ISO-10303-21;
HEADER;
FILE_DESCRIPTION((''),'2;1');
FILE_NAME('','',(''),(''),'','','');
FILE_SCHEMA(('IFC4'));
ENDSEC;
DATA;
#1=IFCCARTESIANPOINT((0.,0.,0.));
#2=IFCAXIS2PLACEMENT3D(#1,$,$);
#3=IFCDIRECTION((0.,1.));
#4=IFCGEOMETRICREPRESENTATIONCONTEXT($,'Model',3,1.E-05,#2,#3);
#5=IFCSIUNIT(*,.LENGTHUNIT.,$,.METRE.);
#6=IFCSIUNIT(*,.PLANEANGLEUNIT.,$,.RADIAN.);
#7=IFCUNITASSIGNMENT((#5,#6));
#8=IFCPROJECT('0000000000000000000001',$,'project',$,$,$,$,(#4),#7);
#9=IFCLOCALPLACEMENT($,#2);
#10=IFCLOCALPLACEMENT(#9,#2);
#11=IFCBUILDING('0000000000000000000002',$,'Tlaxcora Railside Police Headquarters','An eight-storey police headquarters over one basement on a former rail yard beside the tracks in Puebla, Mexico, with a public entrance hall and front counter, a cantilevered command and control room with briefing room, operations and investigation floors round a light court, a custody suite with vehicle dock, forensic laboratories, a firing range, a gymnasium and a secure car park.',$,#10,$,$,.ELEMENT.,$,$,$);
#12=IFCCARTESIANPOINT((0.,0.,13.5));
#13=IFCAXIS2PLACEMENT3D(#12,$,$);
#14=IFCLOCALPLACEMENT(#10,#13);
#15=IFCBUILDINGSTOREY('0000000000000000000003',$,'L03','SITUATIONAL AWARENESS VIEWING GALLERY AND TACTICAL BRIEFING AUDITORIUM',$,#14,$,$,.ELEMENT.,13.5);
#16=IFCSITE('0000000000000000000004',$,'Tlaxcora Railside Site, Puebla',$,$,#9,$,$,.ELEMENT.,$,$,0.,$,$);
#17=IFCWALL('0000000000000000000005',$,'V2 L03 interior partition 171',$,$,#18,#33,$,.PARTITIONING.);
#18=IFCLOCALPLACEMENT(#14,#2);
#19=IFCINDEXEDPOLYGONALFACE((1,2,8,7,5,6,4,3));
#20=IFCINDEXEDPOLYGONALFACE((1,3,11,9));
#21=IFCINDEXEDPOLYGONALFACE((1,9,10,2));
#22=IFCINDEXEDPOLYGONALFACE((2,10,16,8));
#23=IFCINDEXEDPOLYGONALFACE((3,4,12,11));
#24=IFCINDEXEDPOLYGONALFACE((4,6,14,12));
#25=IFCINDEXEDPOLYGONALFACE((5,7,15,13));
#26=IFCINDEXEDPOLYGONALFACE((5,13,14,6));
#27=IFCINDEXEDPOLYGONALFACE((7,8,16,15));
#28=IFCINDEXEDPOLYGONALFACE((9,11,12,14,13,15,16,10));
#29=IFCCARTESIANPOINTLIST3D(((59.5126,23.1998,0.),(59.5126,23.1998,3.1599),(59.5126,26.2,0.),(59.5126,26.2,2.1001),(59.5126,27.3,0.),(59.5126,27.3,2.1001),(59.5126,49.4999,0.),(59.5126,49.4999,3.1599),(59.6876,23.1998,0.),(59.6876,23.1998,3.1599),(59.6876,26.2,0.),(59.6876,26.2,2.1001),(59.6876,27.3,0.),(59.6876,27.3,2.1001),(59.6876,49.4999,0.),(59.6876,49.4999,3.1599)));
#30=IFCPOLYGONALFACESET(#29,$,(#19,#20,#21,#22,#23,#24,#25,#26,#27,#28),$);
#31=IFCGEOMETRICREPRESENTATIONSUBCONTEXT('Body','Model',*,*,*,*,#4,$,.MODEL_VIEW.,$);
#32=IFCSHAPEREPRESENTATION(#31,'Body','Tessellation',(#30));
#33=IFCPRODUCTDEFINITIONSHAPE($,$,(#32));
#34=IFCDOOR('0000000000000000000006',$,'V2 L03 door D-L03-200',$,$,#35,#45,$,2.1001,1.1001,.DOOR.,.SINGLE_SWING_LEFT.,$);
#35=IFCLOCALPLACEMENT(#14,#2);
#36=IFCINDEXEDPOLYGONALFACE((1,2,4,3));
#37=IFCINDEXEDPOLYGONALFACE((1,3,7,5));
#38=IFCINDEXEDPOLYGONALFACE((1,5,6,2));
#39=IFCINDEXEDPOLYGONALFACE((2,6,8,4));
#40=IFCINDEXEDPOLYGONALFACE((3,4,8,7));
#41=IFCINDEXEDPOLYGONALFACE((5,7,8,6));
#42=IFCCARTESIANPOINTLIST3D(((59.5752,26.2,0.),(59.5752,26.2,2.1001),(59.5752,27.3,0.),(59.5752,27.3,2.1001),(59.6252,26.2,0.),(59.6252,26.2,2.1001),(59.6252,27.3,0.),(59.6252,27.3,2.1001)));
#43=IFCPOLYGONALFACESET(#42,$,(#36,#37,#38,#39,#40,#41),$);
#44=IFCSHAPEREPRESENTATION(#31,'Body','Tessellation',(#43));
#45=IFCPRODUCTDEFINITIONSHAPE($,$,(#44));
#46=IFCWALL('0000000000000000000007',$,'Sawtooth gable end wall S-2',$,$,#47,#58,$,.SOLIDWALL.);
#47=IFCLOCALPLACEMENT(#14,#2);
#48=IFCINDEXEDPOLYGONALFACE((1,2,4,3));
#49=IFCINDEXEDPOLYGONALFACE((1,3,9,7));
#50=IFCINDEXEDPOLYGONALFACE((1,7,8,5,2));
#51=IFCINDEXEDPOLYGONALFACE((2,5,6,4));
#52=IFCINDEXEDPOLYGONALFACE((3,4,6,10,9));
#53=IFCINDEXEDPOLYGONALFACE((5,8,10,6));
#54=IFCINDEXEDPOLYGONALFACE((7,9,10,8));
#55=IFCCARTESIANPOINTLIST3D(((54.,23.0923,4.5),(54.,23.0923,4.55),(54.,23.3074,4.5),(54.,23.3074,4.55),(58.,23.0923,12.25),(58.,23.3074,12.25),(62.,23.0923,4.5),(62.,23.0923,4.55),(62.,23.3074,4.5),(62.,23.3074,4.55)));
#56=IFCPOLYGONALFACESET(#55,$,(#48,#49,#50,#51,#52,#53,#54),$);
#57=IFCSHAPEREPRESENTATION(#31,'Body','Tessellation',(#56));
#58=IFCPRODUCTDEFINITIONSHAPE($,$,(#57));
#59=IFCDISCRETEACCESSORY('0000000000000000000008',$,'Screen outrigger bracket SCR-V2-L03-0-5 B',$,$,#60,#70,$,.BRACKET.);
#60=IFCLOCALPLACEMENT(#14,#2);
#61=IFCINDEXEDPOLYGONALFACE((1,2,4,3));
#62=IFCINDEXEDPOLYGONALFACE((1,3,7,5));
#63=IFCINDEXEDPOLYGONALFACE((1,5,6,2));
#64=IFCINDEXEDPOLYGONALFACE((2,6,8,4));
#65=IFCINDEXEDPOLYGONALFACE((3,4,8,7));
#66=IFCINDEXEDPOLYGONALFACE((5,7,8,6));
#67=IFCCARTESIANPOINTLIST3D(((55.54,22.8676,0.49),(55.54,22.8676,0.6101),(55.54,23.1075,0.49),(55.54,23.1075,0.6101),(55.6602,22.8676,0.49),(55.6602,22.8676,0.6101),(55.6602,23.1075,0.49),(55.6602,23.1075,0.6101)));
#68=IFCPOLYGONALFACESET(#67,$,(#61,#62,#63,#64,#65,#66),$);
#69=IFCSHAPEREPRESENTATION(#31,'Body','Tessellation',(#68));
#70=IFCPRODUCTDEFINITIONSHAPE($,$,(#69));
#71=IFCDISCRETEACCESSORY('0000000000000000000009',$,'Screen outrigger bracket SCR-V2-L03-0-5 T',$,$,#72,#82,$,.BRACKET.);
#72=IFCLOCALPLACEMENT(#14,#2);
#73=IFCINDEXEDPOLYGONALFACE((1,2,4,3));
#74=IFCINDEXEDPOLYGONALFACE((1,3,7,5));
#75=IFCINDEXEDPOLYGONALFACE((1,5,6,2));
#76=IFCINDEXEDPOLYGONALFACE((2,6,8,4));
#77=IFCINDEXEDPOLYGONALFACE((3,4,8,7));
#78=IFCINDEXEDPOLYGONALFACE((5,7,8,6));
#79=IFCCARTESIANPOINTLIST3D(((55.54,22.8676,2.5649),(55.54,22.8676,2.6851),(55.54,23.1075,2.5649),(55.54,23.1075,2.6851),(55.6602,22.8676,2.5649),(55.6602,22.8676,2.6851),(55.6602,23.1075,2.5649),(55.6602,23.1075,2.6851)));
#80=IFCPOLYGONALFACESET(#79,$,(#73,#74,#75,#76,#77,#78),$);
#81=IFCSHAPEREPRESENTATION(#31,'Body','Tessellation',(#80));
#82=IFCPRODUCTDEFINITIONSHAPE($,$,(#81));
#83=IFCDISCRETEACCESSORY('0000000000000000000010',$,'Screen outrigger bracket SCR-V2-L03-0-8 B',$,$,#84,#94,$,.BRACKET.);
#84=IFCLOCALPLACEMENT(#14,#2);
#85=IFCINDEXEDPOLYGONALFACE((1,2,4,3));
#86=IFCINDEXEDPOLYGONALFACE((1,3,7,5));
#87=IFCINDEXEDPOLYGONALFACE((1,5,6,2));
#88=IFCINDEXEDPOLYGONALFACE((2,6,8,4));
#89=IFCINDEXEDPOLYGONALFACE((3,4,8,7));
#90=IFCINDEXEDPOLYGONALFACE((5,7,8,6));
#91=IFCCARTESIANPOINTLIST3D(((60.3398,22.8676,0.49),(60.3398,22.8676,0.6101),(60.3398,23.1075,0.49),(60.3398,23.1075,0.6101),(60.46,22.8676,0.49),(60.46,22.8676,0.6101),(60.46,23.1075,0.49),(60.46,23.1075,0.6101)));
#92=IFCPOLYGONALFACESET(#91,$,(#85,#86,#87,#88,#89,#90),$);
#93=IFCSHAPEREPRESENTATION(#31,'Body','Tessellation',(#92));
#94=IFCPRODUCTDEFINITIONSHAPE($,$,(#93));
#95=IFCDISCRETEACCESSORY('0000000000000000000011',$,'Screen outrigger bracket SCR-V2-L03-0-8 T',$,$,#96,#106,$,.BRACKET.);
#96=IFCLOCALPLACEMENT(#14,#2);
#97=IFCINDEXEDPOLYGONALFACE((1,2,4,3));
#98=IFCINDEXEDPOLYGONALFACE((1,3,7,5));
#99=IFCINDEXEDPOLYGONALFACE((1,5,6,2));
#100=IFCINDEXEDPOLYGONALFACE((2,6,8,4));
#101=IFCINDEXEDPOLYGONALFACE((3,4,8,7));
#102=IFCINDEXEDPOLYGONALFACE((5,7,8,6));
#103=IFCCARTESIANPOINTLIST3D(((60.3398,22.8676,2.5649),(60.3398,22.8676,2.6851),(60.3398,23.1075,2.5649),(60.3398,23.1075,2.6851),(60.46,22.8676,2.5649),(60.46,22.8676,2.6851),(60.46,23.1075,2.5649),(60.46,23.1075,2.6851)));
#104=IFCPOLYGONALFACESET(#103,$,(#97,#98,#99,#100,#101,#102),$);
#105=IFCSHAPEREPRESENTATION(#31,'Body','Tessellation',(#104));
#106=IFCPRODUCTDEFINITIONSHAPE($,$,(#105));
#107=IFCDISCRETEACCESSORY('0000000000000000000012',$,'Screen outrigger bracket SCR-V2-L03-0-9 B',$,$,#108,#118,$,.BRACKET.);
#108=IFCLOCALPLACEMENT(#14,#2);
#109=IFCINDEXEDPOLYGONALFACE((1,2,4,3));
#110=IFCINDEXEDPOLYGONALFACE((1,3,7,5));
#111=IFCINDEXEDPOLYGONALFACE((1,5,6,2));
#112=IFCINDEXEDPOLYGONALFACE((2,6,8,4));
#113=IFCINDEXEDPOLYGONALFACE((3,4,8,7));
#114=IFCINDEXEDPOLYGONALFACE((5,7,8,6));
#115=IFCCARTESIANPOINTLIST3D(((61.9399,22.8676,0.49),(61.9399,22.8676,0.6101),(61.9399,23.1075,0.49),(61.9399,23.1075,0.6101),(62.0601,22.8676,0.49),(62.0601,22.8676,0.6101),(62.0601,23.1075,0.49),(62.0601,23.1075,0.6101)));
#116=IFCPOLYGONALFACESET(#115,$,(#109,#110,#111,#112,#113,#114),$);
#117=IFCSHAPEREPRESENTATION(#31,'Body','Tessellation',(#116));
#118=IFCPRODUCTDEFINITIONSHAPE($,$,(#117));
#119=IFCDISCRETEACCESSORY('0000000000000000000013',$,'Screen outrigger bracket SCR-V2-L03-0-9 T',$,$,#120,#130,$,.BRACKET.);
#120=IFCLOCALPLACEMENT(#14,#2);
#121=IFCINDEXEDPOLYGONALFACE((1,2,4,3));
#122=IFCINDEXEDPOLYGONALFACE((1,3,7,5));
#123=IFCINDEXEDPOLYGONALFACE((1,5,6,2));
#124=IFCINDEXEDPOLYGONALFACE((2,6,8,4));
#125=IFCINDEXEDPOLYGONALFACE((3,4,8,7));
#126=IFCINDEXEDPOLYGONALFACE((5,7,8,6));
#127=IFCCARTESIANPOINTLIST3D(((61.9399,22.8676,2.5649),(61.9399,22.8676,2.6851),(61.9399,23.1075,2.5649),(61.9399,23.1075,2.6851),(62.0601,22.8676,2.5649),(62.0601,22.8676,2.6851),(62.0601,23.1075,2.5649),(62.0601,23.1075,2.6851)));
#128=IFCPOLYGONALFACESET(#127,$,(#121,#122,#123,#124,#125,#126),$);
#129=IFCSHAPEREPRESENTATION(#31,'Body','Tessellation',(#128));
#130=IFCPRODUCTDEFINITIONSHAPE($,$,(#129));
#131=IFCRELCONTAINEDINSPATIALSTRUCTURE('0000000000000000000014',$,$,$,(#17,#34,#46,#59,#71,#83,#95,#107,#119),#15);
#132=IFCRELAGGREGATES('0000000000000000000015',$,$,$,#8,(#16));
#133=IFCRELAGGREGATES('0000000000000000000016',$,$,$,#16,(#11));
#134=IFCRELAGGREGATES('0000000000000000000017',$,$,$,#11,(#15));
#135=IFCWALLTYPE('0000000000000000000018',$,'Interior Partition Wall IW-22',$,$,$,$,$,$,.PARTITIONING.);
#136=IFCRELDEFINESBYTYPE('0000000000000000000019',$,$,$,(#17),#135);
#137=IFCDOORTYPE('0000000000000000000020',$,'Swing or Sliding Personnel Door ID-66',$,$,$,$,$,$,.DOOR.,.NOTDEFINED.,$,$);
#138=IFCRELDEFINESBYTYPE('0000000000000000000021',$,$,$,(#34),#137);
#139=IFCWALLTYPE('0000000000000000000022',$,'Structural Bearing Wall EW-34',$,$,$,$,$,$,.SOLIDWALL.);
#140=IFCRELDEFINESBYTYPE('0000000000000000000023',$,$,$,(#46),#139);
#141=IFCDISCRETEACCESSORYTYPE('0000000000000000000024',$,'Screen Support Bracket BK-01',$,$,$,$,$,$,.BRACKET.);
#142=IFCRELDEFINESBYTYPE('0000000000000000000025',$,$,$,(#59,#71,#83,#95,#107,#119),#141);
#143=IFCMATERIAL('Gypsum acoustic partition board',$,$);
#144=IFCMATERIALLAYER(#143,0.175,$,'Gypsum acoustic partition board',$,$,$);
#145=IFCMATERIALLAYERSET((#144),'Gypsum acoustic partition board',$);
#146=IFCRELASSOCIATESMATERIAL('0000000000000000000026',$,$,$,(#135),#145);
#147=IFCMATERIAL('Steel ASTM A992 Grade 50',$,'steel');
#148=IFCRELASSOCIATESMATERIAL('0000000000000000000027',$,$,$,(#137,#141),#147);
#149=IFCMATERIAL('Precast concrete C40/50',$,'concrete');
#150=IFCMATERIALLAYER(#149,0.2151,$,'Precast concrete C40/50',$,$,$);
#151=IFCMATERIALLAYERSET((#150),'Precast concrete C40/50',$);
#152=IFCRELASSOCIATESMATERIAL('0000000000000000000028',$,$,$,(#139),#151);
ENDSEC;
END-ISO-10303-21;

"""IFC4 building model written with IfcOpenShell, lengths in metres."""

from ifc_helpers import new_model, si_unit, direction, frame, frame_2d, origin, origin_2d, place, context, subcontext, project, spatial, polyline, rectangle, outline, extrude, material, layer, layer_set, type_object, element, fill, save


model = new_model("IFC4")

# Units and contexts
model_context = context("Model", 3, precision=1e-05, world=origin(), true_north=direction((0.0, 1.0)))
body_context = subcontext(model_context, "Body", "Model", "MODEL_VIEW")
ifc_project = project(units=[si_unit("LENGTHUNIT", "METRE"), si_unit("PLANEANGLEUNIT", "RADIAN")], contexts=[model_context])

# Site, building, storey
site_placement = place(None, origin())
site = spatial("IfcSite", under=ifc_project, at=site_placement, Name="Tlaxcora Railside Site, Puebla", CompositionType="ELEMENT", RefElevation=0.0)
building_placement = place(site_placement, origin())
building = spatial("IfcBuilding", under=site, at=building_placement, Name="Tlaxcora Railside Police Headquarters", Description="An eight-storey police headquarters over one basement on a former rail yard beside the tracks in Puebla, Mexico, with a public entrance hall and front counter, a cantilevered command and control room with briefing room, operations and investigation floors round a light court, a custody suite with vehicle dock, forensic laboratories, a firing range, a gymnasium and a secure car park.", CompositionType="ELEMENT")
storey_placement = place(building_placement, frame((0.0, 0.0, 13.5)))
storey = spatial("IfcBuildingStorey", under=building, at=storey_placement, Name="L03", Description="SITUATIONAL AWARENESS VIEWING GALLERY AND TACTICAL BRIEFING AUDITORIUM", CompositionType="ELEMENT", Elevation=13.5)

# Shared definitions
ifc_material_1 = material(Name="Steel ASTM A992 Grade 50", Category="steel")

# Wall, opening, door
ifc_material_2 = material(Name="Gypsum acoustic partition board")
ifc_layer_1 = layer(ifc_material_2, 0.175, Name="Gypsum acoustic partition board")
ifc_layer_set_1 = layer_set([ifc_layer_1], Name="Gypsum acoustic partition board")
wall_type_1 = type_object("IfcWallType", Name="Interior Partition Wall IW-22", PredefinedType="PARTITIONING", material=ifc_layer_set_1)
wall_1_placement = place(storey_placement, frame((59.6001, 23.2, 0.0), z_axis=(0.0, 0.0, 1.0), x_axis=(0.0, 1.0, 0.0)))
wall_1 = element("IfcWall", 1, at=wall_1_placement, inside=storey, type_object=wall_type_1, Name="V2 L03 interior partition 171", PredefinedType="PARTITIONING", context=body_context, shape_type="SweptSolid", body=[
    extrude(rectangle(XDim=26.3, YDim=0.175, at=frame_2d((13.1499, 0.0))), origin(), (0.0, 0.0, 1.0), 3.1599),
])
opening_placement = place(wall_1_placement, frame((3.0, 0.0, 0.0)))
opening = element("IfcOpeningElement", 2, at=opening_placement, cuts=wall_1, PredefinedType="OPENING", context=body_context, shape_type="SweptSolid", body=[
    extrude(rectangle(XDim=1.1001, YDim=2.1001, at=frame_2d((0.55, 1.05))), frame((0.0, 0.0977, 0.0), z_axis=(0.0, -1.0, 0.0), x_axis=(1.0, 0.0, 0.0)), (0.0, 0.0, 1.0), 0.1951),
])
door_type = type_object("IfcDoorType", Name="Swing or Sliding Personnel Door ID-66", OperationType="NOTDEFINED", PredefinedType="DOOR", material=ifc_material_1)
door_placement = place(opening_placement, origin())
door = element("IfcDoor", 3, at=door_placement, inside=storey, type_object=door_type, Name="V2 L03 door D-L03-200", OperationType="SINGLE_SWING_LEFT", OverallHeight=2.1001, OverallWidth=1.1001, PredefinedType="DOOR", context=body_context, shape_type="SweptSolid", body=[
    extrude(rectangle(XDim=1.1001, YDim=2.1001, at=frame_2d((0.55, 1.05))), frame((0.0, 0.0249, 0.0), z_axis=(0.0, -1.0, 0.0), x_axis=(1.0, 0.0, 0.0)), (0.0, 0.0, 1.0), 0.05),
])
fill(opening, door)

# Wall
ifc_material_3 = material(Name="Precast concrete C40/50", Category="concrete")
ifc_layer_2 = layer(ifc_material_3, 0.2151, Name="Precast concrete C40/50")
ifc_layer_set_2 = layer_set([ifc_layer_2], Name="Precast concrete C40/50")
wall_type_2 = type_object("IfcWallType", Name="Structural Bearing Wall EW-34", PredefinedType="SOLIDWALL", material=ifc_layer_set_2)
wall_2_placement = place(storey_placement, frame((54.0, 23.2, 4.5), z_axis=(0.0, 0.0, 1.0), x_axis=(1.0, 0.0, 0.0)))
element("IfcWall", 4, at=wall_2_placement, inside=storey, type_object=wall_type_2, Name="Sawtooth gable end wall S-2", PredefinedType="SOLIDWALL", context=body_context, shape_type="SweptSolid", body=[
    extrude(outline(polyline([(0.0, 0.0), (8.0, 0.0), (8.0, 0.05), (4.0, 7.75), (0.0, 0.05), (0.0, 0.0)])), frame((0.0, 0.1074, 0.0), z_axis=(0.0, -1.0, 0.0), x_axis=(1.0, 0.0, 0.0)), (0.0, 0.0, 1.0), 0.2151),
])

# Discrete accessories
discrete_accessory_type = type_object("IfcDiscreteAccessoryType", Name="Screen Support Bracket BK-01", PredefinedType="BRACKET", material=ifc_material_1)
for number, where, z_axis, x_axis, name in (
    (5, (55.6001, 22.9875, 0.49), (0.0, 0.0, 1.0), (1.0, 0.0, 0.0), "Screen outrigger bracket SCR-V2-L03-0-5 B"),
    (6, (55.6001, 22.9875, 2.5649), (0.0, 0.0, 1.0), (1.0, 0.0, 0.0), "Screen outrigger bracket SCR-V2-L03-0-5 T"),
    (7, (60.3999, 22.9875, 0.49), (0.0, 0.0, 1.0), (1.0, 0.0, 0.0), "Screen outrigger bracket SCR-V2-L03-0-8 B"),
    (8, (60.3999, 22.9875, 2.5649), (0.0, 0.0, 1.0), (1.0, 0.0, 0.0), "Screen outrigger bracket SCR-V2-L03-0-8 T"),
    (9, (62.0, 22.9875, 0.49), (0.0, 0.0, 1.0), (1.0, 0.0, 0.0), "Screen outrigger bracket SCR-V2-L03-0-9 B"),
    (10, (62.0, 22.9875, 2.5649), (0.0, 0.0, 1.0), (1.0, 0.0, 0.0), "Screen outrigger bracket SCR-V2-L03-0-9 T"),
):
    element("IfcDiscreteAccessory", number, at=place(storey_placement, frame(where, z_axis=z_axis, x_axis=x_axis)), inside=storey, type_object=discrete_accessory_type, Name=name, PredefinedType="BRACKET", context=body_context, shape_type="SweptSolid", body=[
        extrude(rectangle(XDim=0.1201, YDim=0.24, at=origin_2d()), origin(), (0.0, 0.0, 1.0), 0.1201),
    ])

save(model, "model.ifc")
